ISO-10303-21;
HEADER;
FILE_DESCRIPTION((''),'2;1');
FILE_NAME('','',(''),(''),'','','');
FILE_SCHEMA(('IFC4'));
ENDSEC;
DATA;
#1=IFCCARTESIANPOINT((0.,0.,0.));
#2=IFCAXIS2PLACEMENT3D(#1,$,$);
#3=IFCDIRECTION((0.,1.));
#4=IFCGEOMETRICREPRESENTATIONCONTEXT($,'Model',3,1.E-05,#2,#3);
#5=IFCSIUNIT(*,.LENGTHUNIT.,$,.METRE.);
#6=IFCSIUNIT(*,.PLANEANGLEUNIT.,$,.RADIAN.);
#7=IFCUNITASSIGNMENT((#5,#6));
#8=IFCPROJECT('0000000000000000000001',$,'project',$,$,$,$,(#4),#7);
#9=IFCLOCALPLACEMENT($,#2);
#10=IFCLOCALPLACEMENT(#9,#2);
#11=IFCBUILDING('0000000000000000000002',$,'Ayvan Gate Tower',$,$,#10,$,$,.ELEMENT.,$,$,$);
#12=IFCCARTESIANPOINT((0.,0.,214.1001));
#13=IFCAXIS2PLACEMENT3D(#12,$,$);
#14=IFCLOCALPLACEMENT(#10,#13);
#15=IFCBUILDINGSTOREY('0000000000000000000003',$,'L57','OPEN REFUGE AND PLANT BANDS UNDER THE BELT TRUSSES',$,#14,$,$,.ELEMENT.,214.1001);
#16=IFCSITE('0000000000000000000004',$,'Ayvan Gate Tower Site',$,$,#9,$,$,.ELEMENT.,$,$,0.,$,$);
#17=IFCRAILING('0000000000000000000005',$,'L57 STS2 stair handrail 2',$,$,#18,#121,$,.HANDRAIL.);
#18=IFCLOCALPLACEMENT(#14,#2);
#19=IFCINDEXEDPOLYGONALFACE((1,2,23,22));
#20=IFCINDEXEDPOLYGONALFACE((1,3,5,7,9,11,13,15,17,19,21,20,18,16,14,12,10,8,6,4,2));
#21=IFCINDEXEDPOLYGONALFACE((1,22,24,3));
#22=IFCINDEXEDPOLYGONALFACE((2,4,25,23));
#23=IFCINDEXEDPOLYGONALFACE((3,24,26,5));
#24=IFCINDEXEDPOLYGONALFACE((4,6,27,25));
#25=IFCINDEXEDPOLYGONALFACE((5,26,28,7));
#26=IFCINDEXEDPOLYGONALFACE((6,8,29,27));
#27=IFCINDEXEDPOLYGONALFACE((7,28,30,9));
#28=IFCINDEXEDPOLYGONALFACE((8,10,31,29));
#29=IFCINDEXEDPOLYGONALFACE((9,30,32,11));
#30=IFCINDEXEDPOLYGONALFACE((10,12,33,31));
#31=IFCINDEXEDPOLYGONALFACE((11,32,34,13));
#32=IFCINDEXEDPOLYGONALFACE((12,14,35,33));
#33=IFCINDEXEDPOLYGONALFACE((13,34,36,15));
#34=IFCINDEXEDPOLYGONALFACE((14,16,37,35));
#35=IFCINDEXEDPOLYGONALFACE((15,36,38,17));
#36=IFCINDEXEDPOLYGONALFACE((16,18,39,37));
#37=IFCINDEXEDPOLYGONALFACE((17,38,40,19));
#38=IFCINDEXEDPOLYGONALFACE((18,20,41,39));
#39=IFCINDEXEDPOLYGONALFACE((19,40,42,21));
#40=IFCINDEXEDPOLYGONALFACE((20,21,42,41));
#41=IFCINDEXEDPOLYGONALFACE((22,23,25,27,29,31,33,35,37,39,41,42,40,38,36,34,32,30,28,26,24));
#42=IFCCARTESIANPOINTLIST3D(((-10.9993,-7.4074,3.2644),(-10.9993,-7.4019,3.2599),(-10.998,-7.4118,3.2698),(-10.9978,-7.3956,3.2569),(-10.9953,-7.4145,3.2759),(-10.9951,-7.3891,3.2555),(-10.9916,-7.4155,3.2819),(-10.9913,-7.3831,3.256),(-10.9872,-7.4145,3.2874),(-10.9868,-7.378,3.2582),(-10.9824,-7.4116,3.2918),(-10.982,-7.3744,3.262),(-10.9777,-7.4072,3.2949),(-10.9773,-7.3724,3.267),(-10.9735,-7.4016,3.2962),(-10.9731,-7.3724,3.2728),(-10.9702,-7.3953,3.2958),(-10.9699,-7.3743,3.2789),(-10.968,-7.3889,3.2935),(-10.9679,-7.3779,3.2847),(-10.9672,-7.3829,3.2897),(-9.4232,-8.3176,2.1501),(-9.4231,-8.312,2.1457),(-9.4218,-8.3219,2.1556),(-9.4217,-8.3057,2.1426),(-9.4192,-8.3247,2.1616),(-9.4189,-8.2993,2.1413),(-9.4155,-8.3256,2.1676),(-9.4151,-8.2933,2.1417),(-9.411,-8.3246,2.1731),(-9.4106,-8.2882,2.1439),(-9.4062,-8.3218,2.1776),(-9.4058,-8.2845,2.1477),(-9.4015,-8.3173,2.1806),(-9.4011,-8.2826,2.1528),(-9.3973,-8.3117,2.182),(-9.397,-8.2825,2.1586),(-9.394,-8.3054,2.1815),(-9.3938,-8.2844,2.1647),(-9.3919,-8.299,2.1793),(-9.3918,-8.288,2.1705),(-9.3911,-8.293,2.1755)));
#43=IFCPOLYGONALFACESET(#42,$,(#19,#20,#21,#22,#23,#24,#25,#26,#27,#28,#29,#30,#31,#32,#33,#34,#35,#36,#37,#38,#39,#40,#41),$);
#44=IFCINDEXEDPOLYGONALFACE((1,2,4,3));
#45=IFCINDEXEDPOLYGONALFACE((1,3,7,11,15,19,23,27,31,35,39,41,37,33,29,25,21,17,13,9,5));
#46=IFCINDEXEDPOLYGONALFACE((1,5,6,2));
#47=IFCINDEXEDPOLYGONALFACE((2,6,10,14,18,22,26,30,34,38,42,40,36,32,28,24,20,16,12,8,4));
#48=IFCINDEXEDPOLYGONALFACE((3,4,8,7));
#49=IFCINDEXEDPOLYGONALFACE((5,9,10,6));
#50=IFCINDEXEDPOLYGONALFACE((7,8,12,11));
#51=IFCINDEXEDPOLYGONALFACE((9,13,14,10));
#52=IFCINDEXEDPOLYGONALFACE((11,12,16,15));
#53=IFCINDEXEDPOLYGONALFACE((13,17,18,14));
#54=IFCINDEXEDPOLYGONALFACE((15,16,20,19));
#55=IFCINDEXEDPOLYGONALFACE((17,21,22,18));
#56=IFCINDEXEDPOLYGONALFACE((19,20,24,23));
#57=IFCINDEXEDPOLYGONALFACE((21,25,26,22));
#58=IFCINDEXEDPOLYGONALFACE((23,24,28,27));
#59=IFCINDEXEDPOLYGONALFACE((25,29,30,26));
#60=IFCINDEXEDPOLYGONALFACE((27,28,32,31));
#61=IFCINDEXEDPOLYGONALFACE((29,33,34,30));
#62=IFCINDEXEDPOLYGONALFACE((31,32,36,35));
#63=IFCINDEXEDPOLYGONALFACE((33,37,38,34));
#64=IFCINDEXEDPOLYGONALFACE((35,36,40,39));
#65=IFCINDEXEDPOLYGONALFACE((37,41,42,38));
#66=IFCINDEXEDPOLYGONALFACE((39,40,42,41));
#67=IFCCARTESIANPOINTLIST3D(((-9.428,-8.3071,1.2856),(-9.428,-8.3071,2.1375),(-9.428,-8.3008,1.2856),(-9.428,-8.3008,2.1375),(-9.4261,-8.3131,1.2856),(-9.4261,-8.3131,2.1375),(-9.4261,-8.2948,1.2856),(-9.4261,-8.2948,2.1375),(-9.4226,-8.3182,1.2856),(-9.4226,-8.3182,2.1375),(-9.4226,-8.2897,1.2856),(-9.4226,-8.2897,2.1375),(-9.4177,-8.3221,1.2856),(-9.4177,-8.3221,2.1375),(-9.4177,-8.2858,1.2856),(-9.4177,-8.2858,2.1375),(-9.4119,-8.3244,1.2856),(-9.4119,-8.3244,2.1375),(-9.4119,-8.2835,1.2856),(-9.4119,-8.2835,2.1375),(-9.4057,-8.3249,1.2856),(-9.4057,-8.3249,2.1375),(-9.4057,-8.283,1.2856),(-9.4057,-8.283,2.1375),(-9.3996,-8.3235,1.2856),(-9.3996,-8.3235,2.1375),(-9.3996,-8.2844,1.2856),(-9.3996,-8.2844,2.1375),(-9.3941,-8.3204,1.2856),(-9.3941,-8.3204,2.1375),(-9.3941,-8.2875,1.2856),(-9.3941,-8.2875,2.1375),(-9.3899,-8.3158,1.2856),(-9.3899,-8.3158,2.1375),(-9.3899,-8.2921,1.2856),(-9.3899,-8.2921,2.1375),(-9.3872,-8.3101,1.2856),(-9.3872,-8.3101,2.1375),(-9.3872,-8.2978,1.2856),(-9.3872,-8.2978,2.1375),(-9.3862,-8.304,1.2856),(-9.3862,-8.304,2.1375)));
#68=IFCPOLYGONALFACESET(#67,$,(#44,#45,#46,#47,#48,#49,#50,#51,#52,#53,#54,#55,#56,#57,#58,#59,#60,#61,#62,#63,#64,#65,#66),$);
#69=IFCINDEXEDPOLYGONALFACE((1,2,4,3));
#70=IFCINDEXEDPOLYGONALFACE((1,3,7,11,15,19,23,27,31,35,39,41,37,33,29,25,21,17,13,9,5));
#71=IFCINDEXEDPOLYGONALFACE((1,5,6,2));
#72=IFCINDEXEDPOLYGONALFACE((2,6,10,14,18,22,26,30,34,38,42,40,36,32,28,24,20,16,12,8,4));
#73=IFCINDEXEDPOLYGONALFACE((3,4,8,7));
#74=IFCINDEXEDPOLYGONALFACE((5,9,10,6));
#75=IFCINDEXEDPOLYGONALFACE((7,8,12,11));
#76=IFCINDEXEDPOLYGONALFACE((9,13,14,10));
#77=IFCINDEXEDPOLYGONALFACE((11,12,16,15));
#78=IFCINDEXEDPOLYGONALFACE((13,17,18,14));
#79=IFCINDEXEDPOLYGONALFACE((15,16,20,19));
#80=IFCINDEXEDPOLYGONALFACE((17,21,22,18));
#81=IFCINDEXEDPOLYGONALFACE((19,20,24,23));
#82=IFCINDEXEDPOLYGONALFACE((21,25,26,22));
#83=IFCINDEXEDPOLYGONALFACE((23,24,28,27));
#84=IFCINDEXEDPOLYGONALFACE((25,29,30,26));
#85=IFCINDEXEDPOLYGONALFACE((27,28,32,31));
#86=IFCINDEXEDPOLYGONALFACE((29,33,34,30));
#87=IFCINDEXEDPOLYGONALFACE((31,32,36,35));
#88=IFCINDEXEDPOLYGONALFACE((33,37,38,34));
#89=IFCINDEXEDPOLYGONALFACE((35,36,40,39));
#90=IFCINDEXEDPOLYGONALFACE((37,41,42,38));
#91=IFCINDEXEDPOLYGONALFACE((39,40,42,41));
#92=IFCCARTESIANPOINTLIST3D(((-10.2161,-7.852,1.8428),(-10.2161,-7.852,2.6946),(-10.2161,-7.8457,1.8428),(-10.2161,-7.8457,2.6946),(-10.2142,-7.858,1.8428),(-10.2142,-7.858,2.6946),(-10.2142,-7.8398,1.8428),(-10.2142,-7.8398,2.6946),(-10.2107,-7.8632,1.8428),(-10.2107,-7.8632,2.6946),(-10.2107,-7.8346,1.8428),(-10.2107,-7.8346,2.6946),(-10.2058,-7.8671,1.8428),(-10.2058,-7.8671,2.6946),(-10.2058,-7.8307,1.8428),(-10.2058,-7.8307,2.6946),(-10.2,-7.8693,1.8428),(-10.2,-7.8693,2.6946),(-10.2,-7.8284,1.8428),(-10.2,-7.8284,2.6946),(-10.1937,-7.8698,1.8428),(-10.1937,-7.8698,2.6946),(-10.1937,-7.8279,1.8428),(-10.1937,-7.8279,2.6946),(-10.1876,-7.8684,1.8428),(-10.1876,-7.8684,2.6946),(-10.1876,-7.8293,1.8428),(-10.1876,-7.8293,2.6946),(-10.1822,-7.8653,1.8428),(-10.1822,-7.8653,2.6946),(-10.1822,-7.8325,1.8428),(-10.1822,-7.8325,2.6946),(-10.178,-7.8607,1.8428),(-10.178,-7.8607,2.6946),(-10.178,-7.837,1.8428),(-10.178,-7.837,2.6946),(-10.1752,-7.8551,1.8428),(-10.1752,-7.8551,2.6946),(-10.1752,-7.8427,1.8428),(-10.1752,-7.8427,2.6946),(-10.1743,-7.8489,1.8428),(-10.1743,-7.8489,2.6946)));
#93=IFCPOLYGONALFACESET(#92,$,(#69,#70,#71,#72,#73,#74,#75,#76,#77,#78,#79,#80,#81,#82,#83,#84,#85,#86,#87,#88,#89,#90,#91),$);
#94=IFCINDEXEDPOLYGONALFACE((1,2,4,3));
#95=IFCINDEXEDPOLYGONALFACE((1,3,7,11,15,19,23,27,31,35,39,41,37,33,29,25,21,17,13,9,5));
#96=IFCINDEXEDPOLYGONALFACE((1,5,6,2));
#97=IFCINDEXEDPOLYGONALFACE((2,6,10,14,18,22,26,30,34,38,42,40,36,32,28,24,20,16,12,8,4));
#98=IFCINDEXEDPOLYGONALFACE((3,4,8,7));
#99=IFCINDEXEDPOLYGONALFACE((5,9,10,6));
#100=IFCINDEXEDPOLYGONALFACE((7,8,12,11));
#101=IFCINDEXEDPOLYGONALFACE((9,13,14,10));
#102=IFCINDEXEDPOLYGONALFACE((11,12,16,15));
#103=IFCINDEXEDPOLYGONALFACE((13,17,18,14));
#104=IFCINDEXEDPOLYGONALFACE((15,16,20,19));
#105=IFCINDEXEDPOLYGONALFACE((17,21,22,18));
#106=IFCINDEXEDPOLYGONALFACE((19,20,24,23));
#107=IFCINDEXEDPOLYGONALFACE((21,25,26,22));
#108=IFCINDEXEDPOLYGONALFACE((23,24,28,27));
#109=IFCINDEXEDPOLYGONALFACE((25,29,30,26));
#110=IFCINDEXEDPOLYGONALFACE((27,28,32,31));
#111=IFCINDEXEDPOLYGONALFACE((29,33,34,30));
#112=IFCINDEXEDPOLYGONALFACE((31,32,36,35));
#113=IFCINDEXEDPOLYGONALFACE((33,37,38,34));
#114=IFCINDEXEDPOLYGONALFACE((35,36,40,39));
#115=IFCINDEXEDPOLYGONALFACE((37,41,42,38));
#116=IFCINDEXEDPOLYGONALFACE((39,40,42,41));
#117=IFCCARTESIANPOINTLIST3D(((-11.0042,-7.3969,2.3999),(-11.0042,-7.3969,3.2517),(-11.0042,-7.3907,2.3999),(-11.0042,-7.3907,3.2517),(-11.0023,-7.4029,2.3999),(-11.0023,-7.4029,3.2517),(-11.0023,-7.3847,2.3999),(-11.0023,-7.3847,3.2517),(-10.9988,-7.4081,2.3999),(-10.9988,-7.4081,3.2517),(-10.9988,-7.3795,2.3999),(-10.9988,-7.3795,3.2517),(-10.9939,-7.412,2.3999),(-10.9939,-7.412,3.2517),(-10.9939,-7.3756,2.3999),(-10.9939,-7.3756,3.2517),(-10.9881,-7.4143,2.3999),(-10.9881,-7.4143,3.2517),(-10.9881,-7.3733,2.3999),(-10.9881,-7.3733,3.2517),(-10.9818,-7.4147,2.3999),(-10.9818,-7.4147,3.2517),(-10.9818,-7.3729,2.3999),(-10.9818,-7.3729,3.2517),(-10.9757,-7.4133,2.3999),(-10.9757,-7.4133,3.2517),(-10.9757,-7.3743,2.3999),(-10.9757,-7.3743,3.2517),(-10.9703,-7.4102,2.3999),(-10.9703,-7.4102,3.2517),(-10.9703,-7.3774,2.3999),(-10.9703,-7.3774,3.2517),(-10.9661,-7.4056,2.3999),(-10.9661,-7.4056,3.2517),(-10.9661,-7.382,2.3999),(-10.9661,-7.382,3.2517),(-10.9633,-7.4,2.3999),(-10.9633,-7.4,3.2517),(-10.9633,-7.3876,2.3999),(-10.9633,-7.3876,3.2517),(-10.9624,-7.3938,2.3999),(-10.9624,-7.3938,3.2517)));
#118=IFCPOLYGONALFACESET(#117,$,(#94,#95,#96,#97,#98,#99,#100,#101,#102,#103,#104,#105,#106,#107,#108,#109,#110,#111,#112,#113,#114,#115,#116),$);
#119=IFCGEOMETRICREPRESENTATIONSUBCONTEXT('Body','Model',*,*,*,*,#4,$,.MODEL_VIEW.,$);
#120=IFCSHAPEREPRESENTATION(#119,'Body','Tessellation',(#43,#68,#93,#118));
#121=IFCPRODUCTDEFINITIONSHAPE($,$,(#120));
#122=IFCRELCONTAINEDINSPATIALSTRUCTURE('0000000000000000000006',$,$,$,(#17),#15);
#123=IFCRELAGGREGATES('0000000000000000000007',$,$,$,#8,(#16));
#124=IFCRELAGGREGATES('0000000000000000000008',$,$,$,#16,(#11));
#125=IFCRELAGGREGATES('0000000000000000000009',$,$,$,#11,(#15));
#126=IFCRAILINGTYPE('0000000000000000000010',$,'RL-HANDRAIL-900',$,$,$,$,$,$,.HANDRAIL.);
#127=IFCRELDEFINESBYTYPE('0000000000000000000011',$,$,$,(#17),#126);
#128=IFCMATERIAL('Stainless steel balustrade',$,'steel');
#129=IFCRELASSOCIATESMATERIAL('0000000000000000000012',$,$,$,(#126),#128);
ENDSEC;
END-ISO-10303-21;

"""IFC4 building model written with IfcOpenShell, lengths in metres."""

from ifc_helpers import new_model, si_unit, direction, frame, origin, origin_2d, place, context, subcontext, project, spatial, circle, extrude, material, type_object, element, save


model = new_model("IFC4")

# Units and contexts
model_context = context("Model", 3, precision=1e-05, world=origin(), true_north=direction((0.0, 1.0)))
body_context = subcontext(model_context, "Body", "Model", "MODEL_VIEW")
ifc_project = project(units=[si_unit("LENGTHUNIT", "METRE"), si_unit("PLANEANGLEUNIT", "RADIAN")], contexts=[model_context])

# Site, building, storey
site_placement = place(None, origin())
site = spatial("IfcSite", under=ifc_project, at=site_placement, Name="Ayvan Gate Tower Site", CompositionType="ELEMENT", RefElevation=0.0)
building_placement = place(site_placement, origin())
building = spatial("IfcBuilding", under=site, at=building_placement, Name="Ayvan Gate Tower", CompositionType="ELEMENT")
storey_placement = place(building_placement, frame((0.0, 0.0, 214.1001)))
storey = spatial("IfcBuildingStorey", under=building, at=storey_placement, Name="L57", Description="OPEN REFUGE AND PLANT BANDS UNDER THE BELT TRUSSES", CompositionType="ELEMENT", Elevation=214.1001)

# Railing
ifc_material_1 = material(Name="Stainless steel balustrade", Category="steel")
railing_type_1 = type_object("IfcRailingType", Name="RL-HANDRAIL-900", PredefinedType="HANDRAIL", material=ifc_material_1)
railing_1_placement = place(storey_placement, frame((-9.4072, -8.304, 1.2856)))
element("IfcRailing", 1, at=railing_1_placement, inside=storey, type_object=railing_type_1, Name="L57 STS2 stair handrail 2", PredefinedType="HANDRAIL", context=body_context, shape_type="SweptSolid", body=[
    extrude(circle(Radius=0.0239, at=origin_2d()), frame((0.0, 0.0, 0.876), z_axis=(-0.738574, 0.426488, 0.522127), x_axis=(-0.500063, -0.865989, 0.0)), (0.0, 0.0, 1.0), 2.134),
    extrude(circle(Radius=0.021, at=origin_2d()), origin(), (0.0, 0.0, 1.0), 0.8518),
    extrude(circle(Radius=0.021, at=origin_2d()), frame((-0.7881, 0.4551, 0.5571)), (0.0, 0.0, 1.0), 0.8518),
    extrude(circle(Radius=0.021, at=origin_2d()), frame((-1.5762, 0.9102, 1.1143)), (0.0, 0.0, 1.0), 0.8518),
])

save(model, "model.ifc")
